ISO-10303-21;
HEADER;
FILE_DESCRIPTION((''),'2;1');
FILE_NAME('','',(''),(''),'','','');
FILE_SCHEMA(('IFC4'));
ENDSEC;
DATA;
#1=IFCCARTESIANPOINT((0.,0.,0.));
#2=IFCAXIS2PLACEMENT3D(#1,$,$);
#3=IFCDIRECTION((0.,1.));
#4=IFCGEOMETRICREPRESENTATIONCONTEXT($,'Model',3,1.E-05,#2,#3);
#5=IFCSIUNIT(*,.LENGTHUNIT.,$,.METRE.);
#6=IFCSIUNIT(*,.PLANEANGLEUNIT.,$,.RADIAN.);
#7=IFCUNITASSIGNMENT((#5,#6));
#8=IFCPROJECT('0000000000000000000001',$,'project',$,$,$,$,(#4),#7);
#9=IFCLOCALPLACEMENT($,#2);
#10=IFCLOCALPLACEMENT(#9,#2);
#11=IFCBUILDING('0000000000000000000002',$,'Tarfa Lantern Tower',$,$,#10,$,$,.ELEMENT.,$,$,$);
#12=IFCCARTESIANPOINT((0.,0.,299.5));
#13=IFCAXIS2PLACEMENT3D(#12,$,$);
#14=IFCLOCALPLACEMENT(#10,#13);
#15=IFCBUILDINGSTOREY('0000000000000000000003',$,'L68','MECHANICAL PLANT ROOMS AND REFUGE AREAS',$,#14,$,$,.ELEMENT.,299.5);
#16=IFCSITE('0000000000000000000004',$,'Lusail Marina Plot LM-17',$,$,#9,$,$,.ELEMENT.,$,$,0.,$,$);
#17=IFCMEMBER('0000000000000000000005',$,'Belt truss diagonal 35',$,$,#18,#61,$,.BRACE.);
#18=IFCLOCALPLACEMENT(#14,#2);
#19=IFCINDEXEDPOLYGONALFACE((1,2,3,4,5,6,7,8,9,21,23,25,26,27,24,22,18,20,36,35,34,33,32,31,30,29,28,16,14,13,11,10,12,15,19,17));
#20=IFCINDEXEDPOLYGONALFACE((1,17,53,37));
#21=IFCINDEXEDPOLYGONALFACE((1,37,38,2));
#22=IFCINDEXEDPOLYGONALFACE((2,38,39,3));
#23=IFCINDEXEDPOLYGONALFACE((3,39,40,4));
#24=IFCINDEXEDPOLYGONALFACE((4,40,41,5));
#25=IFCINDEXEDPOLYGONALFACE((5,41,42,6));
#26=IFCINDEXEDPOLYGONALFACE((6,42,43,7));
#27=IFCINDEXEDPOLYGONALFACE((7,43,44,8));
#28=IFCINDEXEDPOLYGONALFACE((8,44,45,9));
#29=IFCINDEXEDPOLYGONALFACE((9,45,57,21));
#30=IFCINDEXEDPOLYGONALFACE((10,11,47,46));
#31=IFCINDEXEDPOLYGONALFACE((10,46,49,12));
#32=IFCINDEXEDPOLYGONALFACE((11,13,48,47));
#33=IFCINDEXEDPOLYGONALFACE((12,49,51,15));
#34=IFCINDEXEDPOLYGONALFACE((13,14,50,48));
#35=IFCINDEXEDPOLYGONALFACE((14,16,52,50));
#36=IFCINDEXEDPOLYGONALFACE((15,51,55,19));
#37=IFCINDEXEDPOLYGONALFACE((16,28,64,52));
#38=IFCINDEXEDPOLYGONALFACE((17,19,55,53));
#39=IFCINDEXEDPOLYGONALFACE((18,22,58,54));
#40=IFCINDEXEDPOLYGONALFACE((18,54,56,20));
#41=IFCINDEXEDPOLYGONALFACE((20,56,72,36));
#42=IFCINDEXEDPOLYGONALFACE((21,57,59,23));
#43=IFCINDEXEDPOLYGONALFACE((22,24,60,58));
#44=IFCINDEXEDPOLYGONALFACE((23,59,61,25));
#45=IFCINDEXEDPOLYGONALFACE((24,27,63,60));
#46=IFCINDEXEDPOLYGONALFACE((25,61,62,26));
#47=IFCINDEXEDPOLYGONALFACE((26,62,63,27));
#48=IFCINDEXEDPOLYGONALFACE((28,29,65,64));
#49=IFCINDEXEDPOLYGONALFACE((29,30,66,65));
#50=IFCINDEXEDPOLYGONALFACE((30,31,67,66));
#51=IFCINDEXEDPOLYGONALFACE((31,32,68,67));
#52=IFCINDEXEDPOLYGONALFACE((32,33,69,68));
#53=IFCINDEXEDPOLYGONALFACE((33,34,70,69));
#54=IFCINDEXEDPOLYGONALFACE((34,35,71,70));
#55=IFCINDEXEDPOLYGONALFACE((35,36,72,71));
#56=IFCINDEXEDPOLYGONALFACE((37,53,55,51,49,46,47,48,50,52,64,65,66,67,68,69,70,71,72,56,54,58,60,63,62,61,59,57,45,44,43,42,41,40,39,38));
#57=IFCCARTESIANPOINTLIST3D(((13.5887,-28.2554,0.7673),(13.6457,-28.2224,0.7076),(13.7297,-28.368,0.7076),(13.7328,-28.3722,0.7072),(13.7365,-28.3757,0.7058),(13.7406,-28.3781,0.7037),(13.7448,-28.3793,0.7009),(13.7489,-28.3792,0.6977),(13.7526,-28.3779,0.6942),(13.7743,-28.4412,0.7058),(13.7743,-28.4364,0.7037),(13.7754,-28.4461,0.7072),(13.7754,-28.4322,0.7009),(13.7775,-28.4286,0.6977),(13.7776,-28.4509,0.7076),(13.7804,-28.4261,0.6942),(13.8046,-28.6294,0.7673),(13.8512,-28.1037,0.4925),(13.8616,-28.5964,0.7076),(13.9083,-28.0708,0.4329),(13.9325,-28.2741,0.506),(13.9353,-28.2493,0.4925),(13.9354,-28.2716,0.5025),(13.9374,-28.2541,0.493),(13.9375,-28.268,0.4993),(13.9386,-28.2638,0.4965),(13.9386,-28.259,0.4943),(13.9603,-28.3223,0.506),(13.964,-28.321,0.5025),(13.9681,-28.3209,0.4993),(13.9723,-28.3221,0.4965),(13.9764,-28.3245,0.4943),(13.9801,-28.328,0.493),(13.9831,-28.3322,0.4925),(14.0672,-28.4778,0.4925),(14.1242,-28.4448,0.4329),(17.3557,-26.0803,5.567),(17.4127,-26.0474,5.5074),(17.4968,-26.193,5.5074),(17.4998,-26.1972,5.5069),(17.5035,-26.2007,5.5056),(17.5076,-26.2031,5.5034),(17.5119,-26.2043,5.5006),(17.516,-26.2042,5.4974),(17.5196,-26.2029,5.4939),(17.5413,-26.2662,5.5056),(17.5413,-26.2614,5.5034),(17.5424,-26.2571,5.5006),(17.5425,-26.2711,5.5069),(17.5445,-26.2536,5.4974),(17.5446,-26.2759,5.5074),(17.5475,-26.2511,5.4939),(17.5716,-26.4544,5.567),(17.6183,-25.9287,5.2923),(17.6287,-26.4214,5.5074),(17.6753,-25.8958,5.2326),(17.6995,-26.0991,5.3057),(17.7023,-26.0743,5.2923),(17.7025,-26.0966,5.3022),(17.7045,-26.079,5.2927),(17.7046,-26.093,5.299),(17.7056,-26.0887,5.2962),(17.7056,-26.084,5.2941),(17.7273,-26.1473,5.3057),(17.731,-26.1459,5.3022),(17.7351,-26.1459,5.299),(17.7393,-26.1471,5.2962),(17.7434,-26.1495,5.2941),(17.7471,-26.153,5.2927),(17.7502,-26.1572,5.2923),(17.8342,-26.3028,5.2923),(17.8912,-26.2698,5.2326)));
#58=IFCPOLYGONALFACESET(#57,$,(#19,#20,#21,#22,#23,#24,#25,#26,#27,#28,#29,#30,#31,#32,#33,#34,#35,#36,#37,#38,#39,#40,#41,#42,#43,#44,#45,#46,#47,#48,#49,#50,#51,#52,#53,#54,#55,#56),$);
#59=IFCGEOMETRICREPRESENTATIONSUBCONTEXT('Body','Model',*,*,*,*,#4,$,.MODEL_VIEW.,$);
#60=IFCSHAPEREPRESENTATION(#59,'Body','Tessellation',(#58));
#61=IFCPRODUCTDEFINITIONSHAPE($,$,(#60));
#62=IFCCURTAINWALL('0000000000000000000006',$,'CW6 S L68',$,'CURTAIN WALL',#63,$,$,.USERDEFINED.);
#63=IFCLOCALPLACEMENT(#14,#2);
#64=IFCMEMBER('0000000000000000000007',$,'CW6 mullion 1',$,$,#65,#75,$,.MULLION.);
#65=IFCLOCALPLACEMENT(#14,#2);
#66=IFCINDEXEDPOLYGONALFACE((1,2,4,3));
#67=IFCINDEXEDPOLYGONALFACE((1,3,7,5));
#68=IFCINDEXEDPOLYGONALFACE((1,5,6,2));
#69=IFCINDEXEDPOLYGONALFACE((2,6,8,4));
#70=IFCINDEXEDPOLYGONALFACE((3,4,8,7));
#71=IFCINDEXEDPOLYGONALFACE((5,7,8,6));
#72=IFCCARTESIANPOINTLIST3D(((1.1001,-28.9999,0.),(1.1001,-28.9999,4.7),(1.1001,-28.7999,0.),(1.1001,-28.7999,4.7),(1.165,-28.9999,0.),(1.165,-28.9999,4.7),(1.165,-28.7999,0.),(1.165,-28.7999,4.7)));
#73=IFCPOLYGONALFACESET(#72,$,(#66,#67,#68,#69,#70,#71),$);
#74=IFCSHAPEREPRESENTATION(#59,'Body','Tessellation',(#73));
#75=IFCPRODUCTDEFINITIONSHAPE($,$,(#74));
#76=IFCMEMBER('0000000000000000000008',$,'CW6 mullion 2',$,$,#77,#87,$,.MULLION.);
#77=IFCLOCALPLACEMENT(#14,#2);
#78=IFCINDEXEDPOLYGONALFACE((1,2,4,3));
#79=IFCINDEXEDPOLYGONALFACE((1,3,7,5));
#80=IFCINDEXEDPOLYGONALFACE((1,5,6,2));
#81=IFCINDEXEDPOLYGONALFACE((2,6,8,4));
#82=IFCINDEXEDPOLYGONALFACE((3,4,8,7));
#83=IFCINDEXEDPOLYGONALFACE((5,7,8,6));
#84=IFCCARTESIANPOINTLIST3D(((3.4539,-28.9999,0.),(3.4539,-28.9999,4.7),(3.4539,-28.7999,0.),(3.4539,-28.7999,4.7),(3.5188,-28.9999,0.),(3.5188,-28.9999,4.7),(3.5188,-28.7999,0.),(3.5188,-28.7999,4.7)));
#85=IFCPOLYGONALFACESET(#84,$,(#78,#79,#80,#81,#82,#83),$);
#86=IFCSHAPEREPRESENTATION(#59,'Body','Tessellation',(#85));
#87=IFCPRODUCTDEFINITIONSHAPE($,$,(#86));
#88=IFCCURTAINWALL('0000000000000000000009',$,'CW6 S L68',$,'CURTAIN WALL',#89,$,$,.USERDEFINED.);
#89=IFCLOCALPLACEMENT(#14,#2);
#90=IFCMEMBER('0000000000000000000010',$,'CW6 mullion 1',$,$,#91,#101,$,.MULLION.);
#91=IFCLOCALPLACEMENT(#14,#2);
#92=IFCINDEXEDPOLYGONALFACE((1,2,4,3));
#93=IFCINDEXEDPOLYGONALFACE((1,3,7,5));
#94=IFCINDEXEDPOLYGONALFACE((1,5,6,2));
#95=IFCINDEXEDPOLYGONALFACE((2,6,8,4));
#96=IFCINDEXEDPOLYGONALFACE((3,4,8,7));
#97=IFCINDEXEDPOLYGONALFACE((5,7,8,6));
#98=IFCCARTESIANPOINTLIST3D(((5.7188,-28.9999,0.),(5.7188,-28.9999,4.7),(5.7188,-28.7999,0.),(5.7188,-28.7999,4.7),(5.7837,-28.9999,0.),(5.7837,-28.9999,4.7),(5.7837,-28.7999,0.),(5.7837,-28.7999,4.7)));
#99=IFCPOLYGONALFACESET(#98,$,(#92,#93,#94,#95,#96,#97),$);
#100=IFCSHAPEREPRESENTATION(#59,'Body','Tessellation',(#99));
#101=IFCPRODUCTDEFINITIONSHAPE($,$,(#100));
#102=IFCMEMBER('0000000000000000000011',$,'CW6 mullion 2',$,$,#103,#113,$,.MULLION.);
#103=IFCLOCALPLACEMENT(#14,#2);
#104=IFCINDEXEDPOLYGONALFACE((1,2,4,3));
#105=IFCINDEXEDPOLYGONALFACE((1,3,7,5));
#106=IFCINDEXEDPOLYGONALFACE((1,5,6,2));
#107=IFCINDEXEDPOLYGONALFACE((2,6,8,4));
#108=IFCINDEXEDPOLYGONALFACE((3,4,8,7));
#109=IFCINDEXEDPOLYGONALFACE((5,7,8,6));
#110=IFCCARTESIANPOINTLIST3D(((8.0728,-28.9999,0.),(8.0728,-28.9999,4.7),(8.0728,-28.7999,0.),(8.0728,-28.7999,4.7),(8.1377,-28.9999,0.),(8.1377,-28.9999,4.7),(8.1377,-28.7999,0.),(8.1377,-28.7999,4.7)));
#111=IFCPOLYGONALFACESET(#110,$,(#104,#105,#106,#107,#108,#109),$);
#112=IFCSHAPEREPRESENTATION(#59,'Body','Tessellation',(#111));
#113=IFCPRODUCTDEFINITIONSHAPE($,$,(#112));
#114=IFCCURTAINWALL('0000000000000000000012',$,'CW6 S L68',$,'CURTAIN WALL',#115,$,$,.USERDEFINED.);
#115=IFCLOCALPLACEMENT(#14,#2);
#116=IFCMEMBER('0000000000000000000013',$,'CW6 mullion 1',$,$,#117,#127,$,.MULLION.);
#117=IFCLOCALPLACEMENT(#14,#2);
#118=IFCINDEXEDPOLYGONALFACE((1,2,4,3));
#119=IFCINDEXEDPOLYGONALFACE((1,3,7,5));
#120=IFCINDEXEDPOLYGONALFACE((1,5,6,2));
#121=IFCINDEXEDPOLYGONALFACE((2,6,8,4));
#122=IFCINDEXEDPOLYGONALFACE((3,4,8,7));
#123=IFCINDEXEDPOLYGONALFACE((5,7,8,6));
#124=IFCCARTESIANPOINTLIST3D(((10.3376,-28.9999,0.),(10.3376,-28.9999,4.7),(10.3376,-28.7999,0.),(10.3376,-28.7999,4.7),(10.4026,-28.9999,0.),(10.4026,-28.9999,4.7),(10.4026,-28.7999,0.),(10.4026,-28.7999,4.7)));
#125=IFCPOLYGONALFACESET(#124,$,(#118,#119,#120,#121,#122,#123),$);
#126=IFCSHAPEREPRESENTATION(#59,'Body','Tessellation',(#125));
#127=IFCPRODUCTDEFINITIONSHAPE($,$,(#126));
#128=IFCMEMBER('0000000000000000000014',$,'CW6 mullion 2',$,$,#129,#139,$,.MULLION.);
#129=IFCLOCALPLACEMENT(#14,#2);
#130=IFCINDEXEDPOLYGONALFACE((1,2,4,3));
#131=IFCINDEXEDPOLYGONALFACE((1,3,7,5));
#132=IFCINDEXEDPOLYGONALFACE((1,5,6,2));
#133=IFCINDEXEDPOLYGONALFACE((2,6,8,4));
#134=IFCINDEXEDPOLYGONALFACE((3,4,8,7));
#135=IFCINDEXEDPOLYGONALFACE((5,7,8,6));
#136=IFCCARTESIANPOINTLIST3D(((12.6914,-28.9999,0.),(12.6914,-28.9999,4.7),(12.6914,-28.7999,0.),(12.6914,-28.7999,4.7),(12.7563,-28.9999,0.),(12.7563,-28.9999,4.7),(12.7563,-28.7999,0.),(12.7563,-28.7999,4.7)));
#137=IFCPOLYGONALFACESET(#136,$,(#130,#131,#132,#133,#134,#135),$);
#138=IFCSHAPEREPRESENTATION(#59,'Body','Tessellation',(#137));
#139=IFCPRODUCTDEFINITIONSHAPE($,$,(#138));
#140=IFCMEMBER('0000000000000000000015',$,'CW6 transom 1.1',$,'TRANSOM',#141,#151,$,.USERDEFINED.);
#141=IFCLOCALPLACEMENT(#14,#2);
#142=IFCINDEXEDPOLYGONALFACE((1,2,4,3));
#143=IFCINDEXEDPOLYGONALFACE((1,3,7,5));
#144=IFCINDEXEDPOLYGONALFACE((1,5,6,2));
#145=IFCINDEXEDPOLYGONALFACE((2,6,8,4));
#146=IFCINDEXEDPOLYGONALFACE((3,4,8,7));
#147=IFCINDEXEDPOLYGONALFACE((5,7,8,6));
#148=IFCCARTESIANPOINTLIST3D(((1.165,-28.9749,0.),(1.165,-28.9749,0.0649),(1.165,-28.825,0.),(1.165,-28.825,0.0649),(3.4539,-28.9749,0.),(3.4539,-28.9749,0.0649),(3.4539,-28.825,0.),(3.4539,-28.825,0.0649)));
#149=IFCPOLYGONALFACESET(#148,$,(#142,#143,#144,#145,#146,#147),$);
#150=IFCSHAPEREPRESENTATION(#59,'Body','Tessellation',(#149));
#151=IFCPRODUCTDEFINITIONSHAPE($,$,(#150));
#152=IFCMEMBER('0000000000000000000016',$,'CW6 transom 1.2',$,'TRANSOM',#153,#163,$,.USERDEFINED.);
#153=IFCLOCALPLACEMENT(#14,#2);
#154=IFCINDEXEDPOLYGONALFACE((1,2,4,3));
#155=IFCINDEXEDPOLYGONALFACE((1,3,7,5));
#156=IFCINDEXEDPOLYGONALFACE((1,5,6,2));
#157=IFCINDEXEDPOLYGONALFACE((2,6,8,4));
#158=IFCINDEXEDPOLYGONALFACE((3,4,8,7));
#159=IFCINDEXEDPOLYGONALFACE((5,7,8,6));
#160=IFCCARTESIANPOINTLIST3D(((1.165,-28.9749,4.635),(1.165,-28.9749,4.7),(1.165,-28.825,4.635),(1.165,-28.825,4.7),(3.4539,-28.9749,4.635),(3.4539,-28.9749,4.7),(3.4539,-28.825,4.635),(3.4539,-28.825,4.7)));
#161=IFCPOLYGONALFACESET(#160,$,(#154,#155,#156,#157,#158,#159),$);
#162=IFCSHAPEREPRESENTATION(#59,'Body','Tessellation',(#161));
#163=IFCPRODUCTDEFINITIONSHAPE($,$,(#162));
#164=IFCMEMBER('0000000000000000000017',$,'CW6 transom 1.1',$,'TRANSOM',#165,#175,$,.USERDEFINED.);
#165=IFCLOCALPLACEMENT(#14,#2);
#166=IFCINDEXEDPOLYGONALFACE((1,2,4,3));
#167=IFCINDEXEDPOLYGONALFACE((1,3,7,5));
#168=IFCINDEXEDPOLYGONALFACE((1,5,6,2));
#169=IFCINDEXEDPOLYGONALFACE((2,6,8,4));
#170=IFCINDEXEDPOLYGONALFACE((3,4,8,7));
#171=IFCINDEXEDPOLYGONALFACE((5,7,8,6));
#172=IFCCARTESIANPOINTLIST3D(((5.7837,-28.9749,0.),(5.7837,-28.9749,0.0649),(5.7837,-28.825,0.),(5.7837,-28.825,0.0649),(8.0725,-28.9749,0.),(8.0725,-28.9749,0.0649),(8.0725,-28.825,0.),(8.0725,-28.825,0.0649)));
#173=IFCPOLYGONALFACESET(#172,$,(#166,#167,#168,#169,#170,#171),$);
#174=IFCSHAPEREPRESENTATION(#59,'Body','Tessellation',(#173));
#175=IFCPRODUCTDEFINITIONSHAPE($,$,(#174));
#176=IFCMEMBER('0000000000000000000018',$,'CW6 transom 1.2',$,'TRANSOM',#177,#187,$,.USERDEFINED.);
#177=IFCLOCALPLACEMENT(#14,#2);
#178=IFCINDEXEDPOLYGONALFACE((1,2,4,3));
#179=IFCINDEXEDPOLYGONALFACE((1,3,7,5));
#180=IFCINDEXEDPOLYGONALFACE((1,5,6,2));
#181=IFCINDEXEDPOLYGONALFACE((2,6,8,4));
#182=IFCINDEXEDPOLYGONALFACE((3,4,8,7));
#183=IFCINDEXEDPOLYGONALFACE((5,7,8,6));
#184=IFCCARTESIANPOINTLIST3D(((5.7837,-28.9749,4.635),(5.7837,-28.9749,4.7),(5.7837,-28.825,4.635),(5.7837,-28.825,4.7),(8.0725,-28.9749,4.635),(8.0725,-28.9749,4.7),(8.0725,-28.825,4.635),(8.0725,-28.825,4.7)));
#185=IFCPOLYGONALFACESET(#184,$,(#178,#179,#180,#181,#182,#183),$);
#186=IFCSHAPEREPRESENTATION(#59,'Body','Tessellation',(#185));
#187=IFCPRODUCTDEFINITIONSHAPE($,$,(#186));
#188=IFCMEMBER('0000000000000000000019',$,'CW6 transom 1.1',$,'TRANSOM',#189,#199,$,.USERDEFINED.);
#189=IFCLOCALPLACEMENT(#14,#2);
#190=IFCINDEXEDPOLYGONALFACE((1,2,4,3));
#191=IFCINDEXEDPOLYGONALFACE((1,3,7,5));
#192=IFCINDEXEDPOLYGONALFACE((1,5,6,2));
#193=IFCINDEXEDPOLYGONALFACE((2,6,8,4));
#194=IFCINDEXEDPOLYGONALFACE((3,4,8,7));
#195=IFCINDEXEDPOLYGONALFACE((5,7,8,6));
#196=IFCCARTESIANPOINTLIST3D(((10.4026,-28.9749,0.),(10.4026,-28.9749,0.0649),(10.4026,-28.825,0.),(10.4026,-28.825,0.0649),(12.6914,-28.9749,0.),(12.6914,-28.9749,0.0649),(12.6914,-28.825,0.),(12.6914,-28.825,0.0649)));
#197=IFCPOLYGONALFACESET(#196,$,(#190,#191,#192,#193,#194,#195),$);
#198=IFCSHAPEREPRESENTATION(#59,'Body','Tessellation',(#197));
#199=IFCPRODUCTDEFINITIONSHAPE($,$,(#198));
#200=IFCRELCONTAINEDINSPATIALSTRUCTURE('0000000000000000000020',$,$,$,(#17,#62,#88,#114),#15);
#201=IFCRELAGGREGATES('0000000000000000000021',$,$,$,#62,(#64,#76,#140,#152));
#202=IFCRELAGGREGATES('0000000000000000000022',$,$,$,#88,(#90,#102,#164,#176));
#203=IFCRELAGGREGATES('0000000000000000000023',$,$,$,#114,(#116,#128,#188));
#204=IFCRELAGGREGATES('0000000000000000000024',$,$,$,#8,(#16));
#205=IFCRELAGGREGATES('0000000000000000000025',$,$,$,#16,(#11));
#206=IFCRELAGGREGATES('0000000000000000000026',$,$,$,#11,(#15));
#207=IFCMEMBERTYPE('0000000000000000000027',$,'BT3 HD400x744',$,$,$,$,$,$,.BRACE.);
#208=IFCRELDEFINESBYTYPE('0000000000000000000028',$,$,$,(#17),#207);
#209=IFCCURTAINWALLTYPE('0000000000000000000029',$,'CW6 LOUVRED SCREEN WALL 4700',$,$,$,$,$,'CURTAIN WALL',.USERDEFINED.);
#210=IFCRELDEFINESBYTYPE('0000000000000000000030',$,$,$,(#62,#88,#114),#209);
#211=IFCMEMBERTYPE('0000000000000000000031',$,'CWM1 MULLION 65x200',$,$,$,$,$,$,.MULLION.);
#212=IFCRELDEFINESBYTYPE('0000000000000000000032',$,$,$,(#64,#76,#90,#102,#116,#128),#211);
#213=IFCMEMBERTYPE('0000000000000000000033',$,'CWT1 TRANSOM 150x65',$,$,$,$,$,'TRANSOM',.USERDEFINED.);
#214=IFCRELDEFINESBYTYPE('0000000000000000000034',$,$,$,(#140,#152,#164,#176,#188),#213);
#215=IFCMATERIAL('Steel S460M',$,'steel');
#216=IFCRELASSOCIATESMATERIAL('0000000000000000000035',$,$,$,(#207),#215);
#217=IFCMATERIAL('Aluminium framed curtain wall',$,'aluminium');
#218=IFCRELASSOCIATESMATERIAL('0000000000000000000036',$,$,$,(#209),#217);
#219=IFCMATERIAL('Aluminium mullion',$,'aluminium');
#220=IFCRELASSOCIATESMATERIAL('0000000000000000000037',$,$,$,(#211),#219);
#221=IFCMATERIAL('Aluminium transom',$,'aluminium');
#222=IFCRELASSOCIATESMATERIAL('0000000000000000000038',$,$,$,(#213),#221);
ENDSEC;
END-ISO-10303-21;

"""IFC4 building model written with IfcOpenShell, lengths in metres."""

from ifc_helpers import new_model, si_unit, direction, frame, origin, origin_2d, place, context, subcontext, project, spatial, rectangle, i_section, extrude, material, material_profile, profile_set, type_object, element, aggregate, save


model = new_model("IFC4")

# Units and contexts
model_context = context("Model", 3, precision=1e-05, world=origin(), true_north=direction((0.0, 1.0)))
body_context = subcontext(model_context, "Body", "Model", "MODEL_VIEW")
ifc_project = project(units=[si_unit("LENGTHUNIT", "METRE"), si_unit("PLANEANGLEUNIT", "RADIAN")], contexts=[model_context])

# Site, building, storey
site_placement = place(None, origin())
site = spatial("IfcSite", under=ifc_project, at=site_placement, Name="Lusail Marina Plot LM-17", CompositionType="ELEMENT", RefElevation=0.0)
building_placement = place(site_placement, origin())
building = spatial("IfcBuilding", under=site, at=building_placement, Name="Tarfa Lantern Tower", CompositionType="ELEMENT")
storey_placement = place(building_placement, frame((0.0, 0.0, 299.5)))
storey = spatial("IfcBuildingStorey", under=building, at=storey_placement, Name="L68", Description="MECHANICAL PLANT ROOMS AND REFUGE AREAS", CompositionType="ELEMENT", Elevation=299.5)

# Member
ifc_material_1 = material(Name="Steel S460M", Category="steel")
ifc_material_profile_1 = material_profile(ifc_material_1, i_section(OverallWidth=0.4319, OverallDepth=0.498, WebThickness=0.0557, FlangeThickness=0.0889, FilletRadius=0.02, at=origin_2d()), Name="HD400x744")
ifc_profile_set_1 = profile_set([ifc_material_profile_1], Name="Steel S460M")
member_type_1 = type_object("IfcMemberType", Name="BT3 HD400x744", PredefinedType="BRACE", material=ifc_profile_set_1)
member_1_placement = place(storey_placement, frame((13.8564, -28.3501, 0.6001), z_axis=(0.581552, 0.335778, 0.74098), x_axis=(-0.50002, 0.866014, 0.0)))
element("IfcMember", 1, at=member_1_placement, inside=storey, type_object=member_type_1, Name="Belt truss diagonal 35", PredefinedType="BRACE", context=body_context, shape_type="SweptSolid", body=[
    extrude(i_section(OverallWidth=0.4319, OverallDepth=0.498, WebThickness=0.0557, FlangeThickness=0.0889, FilletRadius=0.02, at=origin_2d()), origin(), (0.0, 0.0, 1.0), 6.4775),
])

# Curtain walls, members
ifc_material_2 = material(Name="Aluminium framed curtain wall", Category="aluminium")
curtain_wall_type = type_object("IfcCurtainWallType", Name="CW6 LOUVRED SCREEN WALL 4700", ElementType="CURTAIN WALL", PredefinedType="USERDEFINED", material=ifc_material_2)
curtain_wall_1_placement = place(storey_placement, origin())
curtain_wall_1 = element("IfcCurtainWall", 2, at=curtain_wall_1_placement, inside=storey, type_object=curtain_wall_type, Name="CW6 S L68", ObjectType="CURTAIN WALL", PredefinedType="USERDEFINED")
ifc_material_3 = material(Name="Aluminium mullion", Category="aluminium")
ifc_material_profile_2 = material_profile(ifc_material_3, rectangle(XDim=0.0649, YDim=0.2, at=origin_2d()), Name="AL MULLION 65x200")
ifc_profile_set_2 = profile_set([ifc_material_profile_2], Name="Aluminium mullion")
member_type_2 = type_object("IfcMemberType", Name="CWM1 MULLION 65x200", PredefinedType="MULLION", material=ifc_profile_set_2)
member_2_placement = place(storey_placement, frame((1.1326, -28.8999, 0.0), z_axis=(0.0, 0.0, 1.0), x_axis=(1.0, 0.0, 0.0)))
member_2 = element("IfcMember", 3, at=member_2_placement, type_object=member_type_2, Name="CW6 mullion 1", PredefinedType="MULLION", context=body_context, shape_type="SweptSolid", body=[
    extrude(rectangle(XDim=0.0649, YDim=0.2, at=origin_2d()), origin(), (0.0, 0.0, 1.0), 4.7),
])
member_3_placement = place(storey_placement, frame((3.4863, -28.8999, 0.0), z_axis=(0.0, 0.0, 1.0), x_axis=(1.0, 0.0, 0.0)))
member_3 = element("IfcMember", 4, at=member_3_placement, type_object=member_type_2, Name="CW6 mullion 2", PredefinedType="MULLION", context=body_context, shape_type="SweptSolid", body=[
    extrude(rectangle(XDim=0.0649, YDim=0.2, at=origin_2d()), origin(), (0.0, 0.0, 1.0), 4.7),
])
curtain_wall_2_placement = place(storey_placement, origin())
curtain_wall_2 = element("IfcCurtainWall", 5, at=curtain_wall_2_placement, inside=storey, type_object=curtain_wall_type, Name="CW6 S L68", ObjectType="CURTAIN WALL", PredefinedType="USERDEFINED")
member_4_placement = place(storey_placement, frame((5.7512, -28.8999, 0.0), z_axis=(0.0, 0.0, 1.0), x_axis=(1.0, 0.0, 0.0)))
member_4 = element("IfcMember", 6, at=member_4_placement, type_object=member_type_2, Name="CW6 mullion 1", PredefinedType="MULLION", context=body_context, shape_type="SweptSolid", body=[
    extrude(rectangle(XDim=0.0649, YDim=0.2, at=origin_2d()), origin(), (0.0, 0.0, 1.0), 4.7),
])
member_5_placement = place(storey_placement, frame((8.1052, -28.8999, 0.0), z_axis=(0.0, 0.0, 1.0), x_axis=(1.0, 0.0, 0.0)))
member_5 = element("IfcMember", 7, at=member_5_placement, type_object=member_type_2, Name="CW6 mullion 2", PredefinedType="MULLION", context=body_context, shape_type="SweptSolid", body=[
    extrude(rectangle(XDim=0.0649, YDim=0.2, at=origin_2d()), origin(), (0.0, 0.0, 1.0), 4.7),
])
curtain_wall_3_placement = place(storey_placement, origin())
curtain_wall_3 = element("IfcCurtainWall", 8, at=curtain_wall_3_placement, inside=storey, type_object=curtain_wall_type, Name="CW6 S L68", ObjectType="CURTAIN WALL", PredefinedType="USERDEFINED")
member_6_placement = place(storey_placement, frame((10.3701, -28.8999, 0.0), z_axis=(0.0, 0.0, 1.0), x_axis=(1.0, 0.0, 0.0)))
member_6 = element("IfcMember", 9, at=member_6_placement, type_object=member_type_2, Name="CW6 mullion 1", PredefinedType="MULLION", context=body_context, shape_type="SweptSolid", body=[
    extrude(rectangle(XDim=0.0649, YDim=0.2, at=origin_2d()), origin(), (0.0, 0.0, 1.0), 4.7),
])
member_7_placement = place(storey_placement, frame((12.7239, -28.8999, 0.0), z_axis=(0.0, 0.0, 1.0), x_axis=(1.0, 0.0, 0.0)))
member_7 = element("IfcMember", 10, at=member_7_placement, type_object=member_type_2, Name="CW6 mullion 2", PredefinedType="MULLION", context=body_context, shape_type="SweptSolid", body=[
    extrude(rectangle(XDim=0.0649, YDim=0.2, at=origin_2d()), origin(), (0.0, 0.0, 1.0), 4.7),
])

# Members
ifc_material_4 = material(Name="Aluminium transom", Category="aluminium")
ifc_material_profile_3 = material_profile(ifc_material_4, rectangle(XDim=0.1499, YDim=0.0649, at=origin_2d()), Name="AL TRANSOM 150x65")
ifc_profile_set_3 = profile_set([ifc_material_profile_3], Name="Aluminium transom")
member_type_3 = type_object("IfcMemberType", Name="CWT1 TRANSOM 150x65", ElementType="TRANSOM", PredefinedType="USERDEFINED", material=ifc_profile_set_3)
member_8_placement = place(storey_placement, frame((1.165, -28.8999, 0.0325), z_axis=(1.0, 0.0, 0.0), x_axis=(0.0, 1.0, 0.0)))
member_8 = element("IfcMember", 11, at=member_8_placement, type_object=member_type_3, Name="CW6 transom 1.1", ObjectType="TRANSOM", PredefinedType="USERDEFINED", context=body_context, shape_type="SweptSolid", body=[
    extrude(rectangle(XDim=0.1499, YDim=0.0649, at=origin_2d()), origin(), (0.0, 0.0, 1.0), 2.2888),
])
member_9_placement = place(storey_placement, frame((1.165, -28.8999, 4.6675), z_axis=(1.0, 0.0, 0.0), x_axis=(0.0, 1.0, 0.0)))
member_9 = element("IfcMember", 12, at=member_9_placement, type_object=member_type_3, Name="CW6 transom 1.2", ObjectType="TRANSOM", PredefinedType="USERDEFINED", context=body_context, shape_type="SweptSolid", body=[
    extrude(rectangle(XDim=0.1499, YDim=0.0649, at=origin_2d()), origin(), (0.0, 0.0, 1.0), 2.2888),
])
member_10_placement = place(storey_placement, frame((5.7837, -28.8999, 0.0325), z_axis=(1.0, 0.0, 0.0), x_axis=(0.0, 1.0, 0.0)))
member_10 = element("IfcMember", 13, at=member_10_placement, type_object=member_type_3, Name="CW6 transom 1.1", ObjectType="TRANSOM", PredefinedType="USERDEFINED", context=body_context, shape_type="SweptSolid", body=[
    extrude(rectangle(XDim=0.1499, YDim=0.0649, at=origin_2d()), origin(), (0.0, 0.0, 1.0), 2.2888),
])
member_11_placement = place(storey_placement, frame((5.7837, -28.8999, 4.6675), z_axis=(1.0, 0.0, 0.0), x_axis=(0.0, 1.0, 0.0)))
member_11 = element("IfcMember", 14, at=member_11_placement, type_object=member_type_3, Name="CW6 transom 1.2", ObjectType="TRANSOM", PredefinedType="USERDEFINED", context=body_context, shape_type="SweptSolid", body=[
    extrude(rectangle(XDim=0.1499, YDim=0.0649, at=origin_2d()), origin(), (0.0, 0.0, 1.0), 2.2888),
])
member_12_placement = place(storey_placement, frame((10.4026, -28.8999, 0.0325), z_axis=(1.0, 0.0, 0.0), x_axis=(0.0, 1.0, 0.0)))
member_12 = element("IfcMember", 15, at=member_12_placement, type_object=member_type_3, Name="CW6 transom 1.1", ObjectType="TRANSOM", PredefinedType="USERDEFINED", context=body_context, shape_type="SweptSolid", body=[
    extrude(rectangle(XDim=0.1499, YDim=0.0649, at=origin_2d()), origin(), (0.0, 0.0, 1.0), 2.2888),
])

aggregate(curtain_wall_1, [member_2, member_3, member_8, member_9])
aggregate(curtain_wall_2, [member_4, member_5, member_10, member_11])
aggregate(curtain_wall_3, [member_6, member_7, member_12])

save(model, "model.ifc")
